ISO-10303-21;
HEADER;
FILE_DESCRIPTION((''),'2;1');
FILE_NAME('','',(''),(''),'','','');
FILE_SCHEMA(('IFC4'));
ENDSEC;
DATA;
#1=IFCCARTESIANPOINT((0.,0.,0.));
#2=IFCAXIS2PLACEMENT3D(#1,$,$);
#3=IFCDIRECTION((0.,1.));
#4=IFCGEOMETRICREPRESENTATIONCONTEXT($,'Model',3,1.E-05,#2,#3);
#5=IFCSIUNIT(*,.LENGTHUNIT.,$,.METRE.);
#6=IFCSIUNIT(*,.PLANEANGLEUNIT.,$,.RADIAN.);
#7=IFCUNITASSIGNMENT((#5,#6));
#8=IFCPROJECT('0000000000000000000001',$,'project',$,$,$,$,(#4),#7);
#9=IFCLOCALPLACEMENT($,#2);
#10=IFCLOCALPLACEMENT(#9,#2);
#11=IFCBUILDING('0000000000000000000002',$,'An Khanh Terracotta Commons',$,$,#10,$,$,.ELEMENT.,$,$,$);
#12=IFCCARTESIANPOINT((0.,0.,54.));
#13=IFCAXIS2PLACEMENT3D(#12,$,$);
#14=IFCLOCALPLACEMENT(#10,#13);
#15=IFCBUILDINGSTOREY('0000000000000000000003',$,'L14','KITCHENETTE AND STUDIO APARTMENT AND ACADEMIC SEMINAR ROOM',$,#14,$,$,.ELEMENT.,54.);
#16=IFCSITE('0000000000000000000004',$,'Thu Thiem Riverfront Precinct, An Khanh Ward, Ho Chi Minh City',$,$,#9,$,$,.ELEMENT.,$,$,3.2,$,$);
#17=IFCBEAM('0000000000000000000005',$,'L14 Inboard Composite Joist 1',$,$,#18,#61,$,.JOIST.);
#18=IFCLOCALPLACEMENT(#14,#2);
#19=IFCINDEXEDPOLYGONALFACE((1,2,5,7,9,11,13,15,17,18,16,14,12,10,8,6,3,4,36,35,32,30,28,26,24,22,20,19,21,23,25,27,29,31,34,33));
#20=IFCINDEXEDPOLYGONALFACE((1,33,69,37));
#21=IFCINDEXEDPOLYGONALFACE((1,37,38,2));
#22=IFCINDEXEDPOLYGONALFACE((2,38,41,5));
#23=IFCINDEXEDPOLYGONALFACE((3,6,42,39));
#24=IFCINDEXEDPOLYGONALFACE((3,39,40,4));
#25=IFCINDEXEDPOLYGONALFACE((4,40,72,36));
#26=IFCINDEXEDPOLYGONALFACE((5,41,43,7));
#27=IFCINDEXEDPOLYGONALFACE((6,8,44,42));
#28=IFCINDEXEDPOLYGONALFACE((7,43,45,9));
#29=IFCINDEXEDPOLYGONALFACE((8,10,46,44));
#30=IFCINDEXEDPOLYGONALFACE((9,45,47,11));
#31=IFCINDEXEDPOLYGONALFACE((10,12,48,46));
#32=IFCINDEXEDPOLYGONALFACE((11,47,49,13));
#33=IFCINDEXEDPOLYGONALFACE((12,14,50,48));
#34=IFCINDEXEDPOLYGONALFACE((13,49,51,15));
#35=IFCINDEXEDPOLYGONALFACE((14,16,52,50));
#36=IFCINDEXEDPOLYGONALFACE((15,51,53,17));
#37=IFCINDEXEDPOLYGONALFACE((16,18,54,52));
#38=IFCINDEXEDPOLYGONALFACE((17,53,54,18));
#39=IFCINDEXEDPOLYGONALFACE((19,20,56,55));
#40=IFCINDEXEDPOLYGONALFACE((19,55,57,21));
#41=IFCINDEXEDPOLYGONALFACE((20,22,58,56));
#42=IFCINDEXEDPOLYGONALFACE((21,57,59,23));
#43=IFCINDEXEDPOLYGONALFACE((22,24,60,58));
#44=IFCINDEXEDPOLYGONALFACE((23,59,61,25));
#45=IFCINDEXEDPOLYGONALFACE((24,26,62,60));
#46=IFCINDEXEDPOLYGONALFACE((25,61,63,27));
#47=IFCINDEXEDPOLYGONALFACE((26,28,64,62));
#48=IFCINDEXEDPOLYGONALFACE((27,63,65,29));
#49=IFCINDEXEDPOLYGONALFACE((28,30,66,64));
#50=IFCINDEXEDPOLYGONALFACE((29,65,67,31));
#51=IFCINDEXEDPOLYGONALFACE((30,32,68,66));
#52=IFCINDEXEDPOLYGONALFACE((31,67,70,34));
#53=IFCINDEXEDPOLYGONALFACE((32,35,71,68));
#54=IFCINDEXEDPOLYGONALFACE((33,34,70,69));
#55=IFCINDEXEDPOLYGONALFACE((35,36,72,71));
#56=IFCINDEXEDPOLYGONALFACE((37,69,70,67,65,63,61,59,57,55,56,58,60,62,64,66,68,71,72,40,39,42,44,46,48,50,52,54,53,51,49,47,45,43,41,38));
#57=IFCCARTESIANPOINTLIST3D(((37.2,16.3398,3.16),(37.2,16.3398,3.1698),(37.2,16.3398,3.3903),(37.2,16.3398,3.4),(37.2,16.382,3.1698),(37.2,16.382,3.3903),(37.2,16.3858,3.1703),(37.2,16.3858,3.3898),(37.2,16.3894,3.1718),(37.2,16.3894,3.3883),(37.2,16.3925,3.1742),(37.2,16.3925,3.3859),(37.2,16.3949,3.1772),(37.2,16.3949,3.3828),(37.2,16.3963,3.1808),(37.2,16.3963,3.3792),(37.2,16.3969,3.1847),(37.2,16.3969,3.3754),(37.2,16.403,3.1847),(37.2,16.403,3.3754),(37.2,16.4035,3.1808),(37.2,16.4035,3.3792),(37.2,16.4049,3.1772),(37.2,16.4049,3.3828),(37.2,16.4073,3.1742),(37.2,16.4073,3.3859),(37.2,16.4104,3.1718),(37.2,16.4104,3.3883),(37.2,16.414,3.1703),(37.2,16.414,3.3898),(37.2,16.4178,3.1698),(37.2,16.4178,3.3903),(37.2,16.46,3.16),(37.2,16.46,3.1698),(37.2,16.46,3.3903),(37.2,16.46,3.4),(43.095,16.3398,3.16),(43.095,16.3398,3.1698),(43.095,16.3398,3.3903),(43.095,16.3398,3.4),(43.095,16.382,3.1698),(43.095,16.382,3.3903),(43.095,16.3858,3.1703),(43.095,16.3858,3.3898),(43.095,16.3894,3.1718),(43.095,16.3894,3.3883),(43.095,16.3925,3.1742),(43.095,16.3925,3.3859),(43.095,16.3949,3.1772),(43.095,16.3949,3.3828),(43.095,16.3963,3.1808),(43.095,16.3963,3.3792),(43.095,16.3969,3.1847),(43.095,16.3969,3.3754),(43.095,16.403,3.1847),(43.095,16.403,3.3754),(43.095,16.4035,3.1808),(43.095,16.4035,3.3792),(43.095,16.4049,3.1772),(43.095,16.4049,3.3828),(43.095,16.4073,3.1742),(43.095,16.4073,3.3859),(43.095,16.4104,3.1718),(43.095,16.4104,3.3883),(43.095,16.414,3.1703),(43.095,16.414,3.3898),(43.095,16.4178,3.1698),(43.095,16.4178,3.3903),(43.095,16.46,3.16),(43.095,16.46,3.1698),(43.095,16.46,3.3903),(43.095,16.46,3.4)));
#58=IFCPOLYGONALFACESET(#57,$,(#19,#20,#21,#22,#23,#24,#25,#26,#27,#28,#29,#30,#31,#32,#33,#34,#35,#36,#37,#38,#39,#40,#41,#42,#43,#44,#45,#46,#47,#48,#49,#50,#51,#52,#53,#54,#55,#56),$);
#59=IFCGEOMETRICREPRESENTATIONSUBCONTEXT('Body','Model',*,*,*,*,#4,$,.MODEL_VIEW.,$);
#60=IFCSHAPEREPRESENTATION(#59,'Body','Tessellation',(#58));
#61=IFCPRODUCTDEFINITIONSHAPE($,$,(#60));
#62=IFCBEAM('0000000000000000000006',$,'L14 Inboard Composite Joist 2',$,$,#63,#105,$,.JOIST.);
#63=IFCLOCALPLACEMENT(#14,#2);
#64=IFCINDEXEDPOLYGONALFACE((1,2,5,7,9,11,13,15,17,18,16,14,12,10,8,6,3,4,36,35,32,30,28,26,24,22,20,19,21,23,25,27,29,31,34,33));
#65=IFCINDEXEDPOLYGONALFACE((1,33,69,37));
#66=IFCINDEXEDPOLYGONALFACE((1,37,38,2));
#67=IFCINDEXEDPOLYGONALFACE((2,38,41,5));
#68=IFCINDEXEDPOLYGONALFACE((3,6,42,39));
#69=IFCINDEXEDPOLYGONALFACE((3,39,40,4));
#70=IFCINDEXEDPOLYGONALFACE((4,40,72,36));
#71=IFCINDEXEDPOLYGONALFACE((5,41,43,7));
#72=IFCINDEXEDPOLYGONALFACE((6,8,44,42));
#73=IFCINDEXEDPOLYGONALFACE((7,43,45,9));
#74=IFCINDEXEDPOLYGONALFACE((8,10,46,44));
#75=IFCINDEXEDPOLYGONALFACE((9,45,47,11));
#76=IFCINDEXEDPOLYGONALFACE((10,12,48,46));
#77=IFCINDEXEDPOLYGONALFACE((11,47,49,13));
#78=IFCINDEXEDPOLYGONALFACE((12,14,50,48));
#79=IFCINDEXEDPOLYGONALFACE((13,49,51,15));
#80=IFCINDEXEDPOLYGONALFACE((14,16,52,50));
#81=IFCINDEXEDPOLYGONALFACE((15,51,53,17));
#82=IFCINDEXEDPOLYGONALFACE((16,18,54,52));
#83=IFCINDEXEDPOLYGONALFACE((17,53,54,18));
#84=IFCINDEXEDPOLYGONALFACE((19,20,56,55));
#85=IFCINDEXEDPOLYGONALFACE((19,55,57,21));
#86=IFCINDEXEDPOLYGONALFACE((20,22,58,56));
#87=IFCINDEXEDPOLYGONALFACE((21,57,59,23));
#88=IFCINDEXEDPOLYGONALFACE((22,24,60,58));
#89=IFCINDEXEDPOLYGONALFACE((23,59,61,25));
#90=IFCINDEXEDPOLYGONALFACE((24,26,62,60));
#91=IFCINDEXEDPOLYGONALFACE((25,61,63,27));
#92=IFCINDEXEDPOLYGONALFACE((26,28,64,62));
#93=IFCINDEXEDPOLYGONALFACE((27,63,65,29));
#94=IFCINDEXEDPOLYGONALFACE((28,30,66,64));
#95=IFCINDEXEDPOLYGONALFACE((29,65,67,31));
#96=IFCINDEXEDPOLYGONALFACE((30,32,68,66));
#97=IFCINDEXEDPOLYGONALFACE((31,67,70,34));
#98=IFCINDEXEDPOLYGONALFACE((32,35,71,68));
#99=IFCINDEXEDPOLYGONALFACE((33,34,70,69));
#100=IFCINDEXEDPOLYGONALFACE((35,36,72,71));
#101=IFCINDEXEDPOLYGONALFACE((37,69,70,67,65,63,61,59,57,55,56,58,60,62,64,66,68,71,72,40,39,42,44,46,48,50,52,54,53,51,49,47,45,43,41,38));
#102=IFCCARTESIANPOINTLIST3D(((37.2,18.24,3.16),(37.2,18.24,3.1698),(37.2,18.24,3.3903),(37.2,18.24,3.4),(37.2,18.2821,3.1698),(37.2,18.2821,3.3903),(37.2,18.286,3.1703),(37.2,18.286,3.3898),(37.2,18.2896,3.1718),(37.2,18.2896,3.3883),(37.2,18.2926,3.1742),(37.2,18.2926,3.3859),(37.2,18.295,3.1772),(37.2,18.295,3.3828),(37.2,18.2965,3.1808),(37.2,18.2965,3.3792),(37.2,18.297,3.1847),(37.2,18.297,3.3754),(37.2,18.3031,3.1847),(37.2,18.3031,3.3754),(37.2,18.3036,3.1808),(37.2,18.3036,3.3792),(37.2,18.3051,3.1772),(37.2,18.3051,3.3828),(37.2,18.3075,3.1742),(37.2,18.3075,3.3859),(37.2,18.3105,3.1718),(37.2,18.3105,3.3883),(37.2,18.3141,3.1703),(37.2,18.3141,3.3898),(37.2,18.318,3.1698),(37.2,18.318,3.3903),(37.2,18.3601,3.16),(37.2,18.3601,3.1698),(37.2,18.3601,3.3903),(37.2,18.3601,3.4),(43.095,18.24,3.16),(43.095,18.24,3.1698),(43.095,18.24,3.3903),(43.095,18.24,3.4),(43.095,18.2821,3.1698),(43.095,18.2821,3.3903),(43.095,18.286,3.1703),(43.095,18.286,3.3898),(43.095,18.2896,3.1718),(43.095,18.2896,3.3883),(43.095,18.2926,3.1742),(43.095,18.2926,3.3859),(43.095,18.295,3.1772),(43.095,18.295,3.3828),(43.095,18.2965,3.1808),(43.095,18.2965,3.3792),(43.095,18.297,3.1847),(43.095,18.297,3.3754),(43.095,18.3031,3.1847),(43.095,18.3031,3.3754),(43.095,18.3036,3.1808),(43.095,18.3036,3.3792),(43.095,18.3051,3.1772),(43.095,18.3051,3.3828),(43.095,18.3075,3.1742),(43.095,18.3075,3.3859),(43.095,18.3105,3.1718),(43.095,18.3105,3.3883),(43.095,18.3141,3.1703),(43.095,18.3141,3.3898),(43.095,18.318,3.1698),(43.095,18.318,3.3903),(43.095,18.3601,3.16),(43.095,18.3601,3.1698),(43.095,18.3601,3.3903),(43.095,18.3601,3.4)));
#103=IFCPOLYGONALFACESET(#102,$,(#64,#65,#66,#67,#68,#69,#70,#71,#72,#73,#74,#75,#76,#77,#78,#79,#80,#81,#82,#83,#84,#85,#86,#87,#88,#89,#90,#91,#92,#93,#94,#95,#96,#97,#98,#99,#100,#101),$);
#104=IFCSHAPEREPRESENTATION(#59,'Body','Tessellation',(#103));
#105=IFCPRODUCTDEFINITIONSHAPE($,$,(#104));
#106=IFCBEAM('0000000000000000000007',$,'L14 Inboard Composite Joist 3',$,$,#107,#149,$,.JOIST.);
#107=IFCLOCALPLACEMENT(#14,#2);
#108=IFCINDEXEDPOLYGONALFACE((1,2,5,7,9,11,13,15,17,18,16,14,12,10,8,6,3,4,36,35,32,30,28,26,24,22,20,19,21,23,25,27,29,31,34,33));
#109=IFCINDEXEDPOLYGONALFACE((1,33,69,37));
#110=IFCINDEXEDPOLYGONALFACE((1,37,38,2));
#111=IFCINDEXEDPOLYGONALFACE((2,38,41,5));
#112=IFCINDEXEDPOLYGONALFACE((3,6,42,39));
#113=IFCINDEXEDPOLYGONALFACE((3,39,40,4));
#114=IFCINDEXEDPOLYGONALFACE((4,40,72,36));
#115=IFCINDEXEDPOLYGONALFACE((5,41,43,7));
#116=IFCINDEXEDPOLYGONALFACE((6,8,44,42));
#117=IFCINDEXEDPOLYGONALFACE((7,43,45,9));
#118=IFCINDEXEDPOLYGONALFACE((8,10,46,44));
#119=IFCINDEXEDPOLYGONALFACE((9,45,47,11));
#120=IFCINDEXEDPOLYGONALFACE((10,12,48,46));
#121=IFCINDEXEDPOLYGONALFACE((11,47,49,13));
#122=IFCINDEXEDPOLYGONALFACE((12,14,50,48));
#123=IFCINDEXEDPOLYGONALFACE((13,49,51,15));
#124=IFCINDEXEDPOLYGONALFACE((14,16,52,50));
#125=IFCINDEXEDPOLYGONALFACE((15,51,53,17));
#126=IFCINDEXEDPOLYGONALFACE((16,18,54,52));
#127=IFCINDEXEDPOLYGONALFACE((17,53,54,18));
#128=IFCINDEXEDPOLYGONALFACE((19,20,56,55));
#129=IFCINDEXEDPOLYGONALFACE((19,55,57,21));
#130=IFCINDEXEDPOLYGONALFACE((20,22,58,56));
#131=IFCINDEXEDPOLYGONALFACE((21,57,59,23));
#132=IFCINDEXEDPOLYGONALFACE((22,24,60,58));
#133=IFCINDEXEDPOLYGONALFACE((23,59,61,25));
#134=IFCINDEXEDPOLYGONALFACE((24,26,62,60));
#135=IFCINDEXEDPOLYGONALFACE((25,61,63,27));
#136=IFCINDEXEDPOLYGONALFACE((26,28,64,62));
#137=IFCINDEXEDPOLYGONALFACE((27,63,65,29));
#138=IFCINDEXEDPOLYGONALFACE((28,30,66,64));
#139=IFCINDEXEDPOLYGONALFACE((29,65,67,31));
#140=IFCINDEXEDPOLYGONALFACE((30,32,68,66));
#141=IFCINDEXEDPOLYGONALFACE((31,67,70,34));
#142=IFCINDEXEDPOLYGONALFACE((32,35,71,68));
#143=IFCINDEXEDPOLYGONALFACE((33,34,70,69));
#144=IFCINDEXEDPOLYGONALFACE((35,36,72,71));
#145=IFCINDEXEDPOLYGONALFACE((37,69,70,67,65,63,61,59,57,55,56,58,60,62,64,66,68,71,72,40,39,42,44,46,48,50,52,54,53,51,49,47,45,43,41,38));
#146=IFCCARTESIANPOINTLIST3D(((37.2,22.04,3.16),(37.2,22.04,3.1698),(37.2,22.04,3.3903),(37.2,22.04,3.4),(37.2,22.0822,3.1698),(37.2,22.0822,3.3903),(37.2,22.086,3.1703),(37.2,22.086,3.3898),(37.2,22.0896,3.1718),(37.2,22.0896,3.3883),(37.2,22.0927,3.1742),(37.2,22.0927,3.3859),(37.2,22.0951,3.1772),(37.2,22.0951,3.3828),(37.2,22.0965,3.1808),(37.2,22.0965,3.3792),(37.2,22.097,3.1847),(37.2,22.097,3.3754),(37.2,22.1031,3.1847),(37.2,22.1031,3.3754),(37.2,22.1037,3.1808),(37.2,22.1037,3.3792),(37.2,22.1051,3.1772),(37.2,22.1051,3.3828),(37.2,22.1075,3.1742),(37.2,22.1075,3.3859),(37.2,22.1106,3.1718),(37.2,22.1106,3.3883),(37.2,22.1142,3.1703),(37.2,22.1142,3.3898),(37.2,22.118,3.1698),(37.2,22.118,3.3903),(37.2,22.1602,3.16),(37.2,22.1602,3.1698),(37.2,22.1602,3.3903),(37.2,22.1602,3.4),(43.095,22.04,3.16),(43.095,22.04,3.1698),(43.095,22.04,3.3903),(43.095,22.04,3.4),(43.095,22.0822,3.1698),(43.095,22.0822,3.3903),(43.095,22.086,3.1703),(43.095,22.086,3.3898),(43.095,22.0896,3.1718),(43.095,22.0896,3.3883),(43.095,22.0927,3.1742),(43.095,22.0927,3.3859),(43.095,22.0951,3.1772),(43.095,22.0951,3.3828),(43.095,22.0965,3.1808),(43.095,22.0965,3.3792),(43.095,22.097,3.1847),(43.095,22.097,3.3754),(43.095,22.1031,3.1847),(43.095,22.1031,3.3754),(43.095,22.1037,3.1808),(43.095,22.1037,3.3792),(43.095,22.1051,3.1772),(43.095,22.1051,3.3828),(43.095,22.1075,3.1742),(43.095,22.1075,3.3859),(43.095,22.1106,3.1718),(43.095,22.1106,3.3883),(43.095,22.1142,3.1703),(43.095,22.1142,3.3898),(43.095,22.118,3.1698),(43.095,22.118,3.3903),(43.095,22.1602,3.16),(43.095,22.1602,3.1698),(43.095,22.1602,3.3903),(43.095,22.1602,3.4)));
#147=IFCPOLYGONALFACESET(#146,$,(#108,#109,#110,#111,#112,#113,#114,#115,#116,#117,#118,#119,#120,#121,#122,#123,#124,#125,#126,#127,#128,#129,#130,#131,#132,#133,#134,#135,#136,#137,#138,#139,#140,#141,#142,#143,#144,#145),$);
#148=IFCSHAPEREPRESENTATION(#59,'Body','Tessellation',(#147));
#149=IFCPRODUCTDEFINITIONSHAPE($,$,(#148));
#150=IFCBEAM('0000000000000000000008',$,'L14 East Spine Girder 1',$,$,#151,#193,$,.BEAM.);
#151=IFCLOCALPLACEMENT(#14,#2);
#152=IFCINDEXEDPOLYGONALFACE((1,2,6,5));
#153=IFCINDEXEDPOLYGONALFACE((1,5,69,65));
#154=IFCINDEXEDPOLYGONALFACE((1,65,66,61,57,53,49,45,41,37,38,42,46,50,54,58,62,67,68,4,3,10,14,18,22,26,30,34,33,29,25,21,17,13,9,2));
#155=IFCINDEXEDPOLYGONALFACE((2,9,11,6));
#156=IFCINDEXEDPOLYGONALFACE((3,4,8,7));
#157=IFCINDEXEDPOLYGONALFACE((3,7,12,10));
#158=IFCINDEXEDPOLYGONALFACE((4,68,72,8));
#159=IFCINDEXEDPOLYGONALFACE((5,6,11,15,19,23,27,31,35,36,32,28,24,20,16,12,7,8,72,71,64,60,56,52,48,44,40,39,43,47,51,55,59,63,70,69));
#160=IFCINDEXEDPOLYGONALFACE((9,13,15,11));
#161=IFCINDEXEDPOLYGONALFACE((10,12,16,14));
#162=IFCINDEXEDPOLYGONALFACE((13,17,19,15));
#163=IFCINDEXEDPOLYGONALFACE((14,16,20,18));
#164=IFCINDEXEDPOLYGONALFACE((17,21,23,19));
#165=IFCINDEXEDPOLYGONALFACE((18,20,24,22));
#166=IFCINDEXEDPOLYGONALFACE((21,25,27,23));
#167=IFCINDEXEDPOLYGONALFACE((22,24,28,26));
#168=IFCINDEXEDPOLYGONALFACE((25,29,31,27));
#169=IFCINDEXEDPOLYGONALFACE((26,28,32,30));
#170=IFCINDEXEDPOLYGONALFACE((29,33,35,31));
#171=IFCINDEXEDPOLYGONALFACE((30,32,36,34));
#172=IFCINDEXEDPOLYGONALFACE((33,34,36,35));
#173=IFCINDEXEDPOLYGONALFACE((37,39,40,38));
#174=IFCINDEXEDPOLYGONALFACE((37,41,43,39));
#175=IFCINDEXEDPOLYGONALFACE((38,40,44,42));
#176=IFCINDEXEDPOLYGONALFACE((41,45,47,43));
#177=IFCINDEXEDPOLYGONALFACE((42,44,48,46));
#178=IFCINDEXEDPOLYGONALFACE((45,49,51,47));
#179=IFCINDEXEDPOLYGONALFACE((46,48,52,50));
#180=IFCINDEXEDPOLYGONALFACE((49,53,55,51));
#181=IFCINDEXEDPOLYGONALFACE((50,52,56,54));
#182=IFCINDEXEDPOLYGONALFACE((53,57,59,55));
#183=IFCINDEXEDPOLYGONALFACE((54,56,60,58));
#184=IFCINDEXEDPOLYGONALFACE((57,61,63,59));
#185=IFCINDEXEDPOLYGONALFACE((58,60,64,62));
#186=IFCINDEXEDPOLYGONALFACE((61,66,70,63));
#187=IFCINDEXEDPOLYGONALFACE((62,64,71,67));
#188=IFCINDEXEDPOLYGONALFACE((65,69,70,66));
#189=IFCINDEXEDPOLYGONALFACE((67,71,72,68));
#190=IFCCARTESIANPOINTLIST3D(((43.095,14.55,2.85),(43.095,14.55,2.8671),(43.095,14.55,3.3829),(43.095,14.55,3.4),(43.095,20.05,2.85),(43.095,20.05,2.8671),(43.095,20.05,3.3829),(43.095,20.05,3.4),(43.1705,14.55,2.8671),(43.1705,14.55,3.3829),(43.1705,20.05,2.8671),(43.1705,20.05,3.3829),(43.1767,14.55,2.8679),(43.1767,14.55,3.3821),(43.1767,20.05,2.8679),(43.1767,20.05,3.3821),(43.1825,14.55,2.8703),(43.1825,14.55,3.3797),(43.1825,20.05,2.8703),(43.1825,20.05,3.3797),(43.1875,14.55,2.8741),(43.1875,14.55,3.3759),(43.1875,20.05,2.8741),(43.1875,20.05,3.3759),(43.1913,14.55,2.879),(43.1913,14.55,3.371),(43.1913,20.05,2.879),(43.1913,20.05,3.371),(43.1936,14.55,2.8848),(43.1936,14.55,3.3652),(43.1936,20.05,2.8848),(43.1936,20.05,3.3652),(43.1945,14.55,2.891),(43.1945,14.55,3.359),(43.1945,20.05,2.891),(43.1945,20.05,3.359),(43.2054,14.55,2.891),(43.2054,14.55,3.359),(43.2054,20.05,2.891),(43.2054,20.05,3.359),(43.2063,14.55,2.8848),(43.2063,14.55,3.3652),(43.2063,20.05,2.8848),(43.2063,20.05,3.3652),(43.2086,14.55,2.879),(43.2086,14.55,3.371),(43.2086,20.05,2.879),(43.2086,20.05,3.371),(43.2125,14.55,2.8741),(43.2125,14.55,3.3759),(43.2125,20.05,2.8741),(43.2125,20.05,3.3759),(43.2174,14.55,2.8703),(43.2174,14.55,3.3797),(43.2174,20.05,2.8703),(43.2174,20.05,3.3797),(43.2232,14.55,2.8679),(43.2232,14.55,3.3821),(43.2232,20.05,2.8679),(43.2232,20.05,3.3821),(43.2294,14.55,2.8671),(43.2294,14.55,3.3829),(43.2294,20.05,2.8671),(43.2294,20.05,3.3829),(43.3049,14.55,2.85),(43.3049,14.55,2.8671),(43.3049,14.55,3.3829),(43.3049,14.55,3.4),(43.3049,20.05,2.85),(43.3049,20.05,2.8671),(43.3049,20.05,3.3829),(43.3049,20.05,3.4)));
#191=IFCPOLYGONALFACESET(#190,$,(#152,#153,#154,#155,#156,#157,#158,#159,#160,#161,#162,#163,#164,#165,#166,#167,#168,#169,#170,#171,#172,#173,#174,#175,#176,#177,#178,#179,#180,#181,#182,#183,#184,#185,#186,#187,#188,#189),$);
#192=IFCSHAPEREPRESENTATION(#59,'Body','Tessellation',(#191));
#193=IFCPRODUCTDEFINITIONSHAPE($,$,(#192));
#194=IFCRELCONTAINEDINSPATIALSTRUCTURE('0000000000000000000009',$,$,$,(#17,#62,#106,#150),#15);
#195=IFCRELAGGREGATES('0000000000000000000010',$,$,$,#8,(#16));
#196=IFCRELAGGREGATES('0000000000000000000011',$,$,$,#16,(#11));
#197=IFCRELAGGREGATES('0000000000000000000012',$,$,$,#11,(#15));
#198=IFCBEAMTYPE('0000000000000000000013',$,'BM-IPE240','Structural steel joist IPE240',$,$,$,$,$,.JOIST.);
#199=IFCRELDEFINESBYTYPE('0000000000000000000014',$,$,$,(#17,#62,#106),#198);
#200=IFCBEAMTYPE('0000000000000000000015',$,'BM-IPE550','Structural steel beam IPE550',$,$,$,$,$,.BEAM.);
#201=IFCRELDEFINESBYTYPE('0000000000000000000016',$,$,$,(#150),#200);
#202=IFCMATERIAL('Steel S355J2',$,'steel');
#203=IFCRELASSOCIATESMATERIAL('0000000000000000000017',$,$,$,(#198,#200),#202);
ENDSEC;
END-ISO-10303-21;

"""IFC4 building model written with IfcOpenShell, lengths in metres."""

from ifc_helpers import new_model, si_unit, direction, frame, origin, origin_2d, place, context, subcontext, project, spatial, i_section, extrude, material, material_profile, profile_set, type_object, element, save


model = new_model("IFC4")

# Units and contexts
model_context = context("Model", 3, precision=1e-05, world=origin(), true_north=direction((0.0, 1.0)))
body_context = subcontext(model_context, "Body", "Model", "MODEL_VIEW")
ifc_project = project(units=[si_unit("LENGTHUNIT", "METRE"), si_unit("PLANEANGLEUNIT", "RADIAN")], contexts=[model_context])

# Site, building, storey
site_placement = place(None, origin())
site = spatial("IfcSite", under=ifc_project, at=site_placement, Name="Thu Thiem Riverfront Precinct, An Khanh Ward, Ho Chi Minh City", CompositionType="ELEMENT", RefElevation=3.2)
building_placement = place(site_placement, origin())
building = spatial("IfcBuilding", under=site, at=building_placement, Name="An Khanh Terracotta Commons", CompositionType="ELEMENT")
storey_placement = place(building_placement, frame((0.0, 0.0, 54.0)))
storey = spatial("IfcBuildingStorey", under=building, at=storey_placement, Name="L14", Description="KITCHENETTE AND STUDIO APARTMENT AND ACADEMIC SEMINAR ROOM", CompositionType="ELEMENT", Elevation=54.0)

# Beams
ifc_material_1 = material(Name="Steel S355J2", Category="steel")
ifc_material_profile_1 = material_profile(ifc_material_1, i_section(OverallWidth=0.1201, OverallDepth=0.24, WebThickness=0.0061, FlangeThickness=0.0098, FilletRadius=0.0149, at=origin_2d()), Name="IPE240")
ifc_profile_set_1 = profile_set([ifc_material_profile_1], Name="Steel S355J2")
beam_type_1 = type_object("IfcBeamType", Name="BM-IPE240", Description="Structural steel joist IPE240", PredefinedType="JOIST", material=ifc_profile_set_1)
for number, where, z_axis, x_axis, name in (
    (1, (37.2, 16.3999, 3.28), (1.0, 0.0, 0.0), (0.0, 1.0, 0.0), "L14 Inboard Composite Joist 1"),
    (2, (37.2, 18.3, 3.28), (1.0, 0.0, 0.0), (0.0, 1.0, 0.0), "L14 Inboard Composite Joist 2"),
    (3, (37.2, 22.1001, 3.28), (1.0, 0.0, 0.0), (0.0, 1.0, 0.0), "L14 Inboard Composite Joist 3"),
):
    element("IfcBeam", number, at=place(storey_placement, frame(where, z_axis=z_axis, x_axis=x_axis)), inside=storey, type_object=beam_type_1, Name=name, PredefinedType="JOIST", context=body_context, shape_type="SweptSolid", body=[
        extrude(i_section(OverallWidth=0.1201, OverallDepth=0.24, WebThickness=0.0061, FlangeThickness=0.0098, FilletRadius=0.0149, at=origin_2d()), origin(), (0.0, 0.0, 1.0), 5.895),
    ])
ifc_material_profile_2 = material_profile(ifc_material_1, i_section(OverallWidth=0.21, OverallDepth=0.55, WebThickness=0.011, FlangeThickness=0.0171, FilletRadius=0.0239, at=origin_2d()), Name="IPE550")
ifc_profile_set_2 = profile_set([ifc_material_profile_2], Name="Steel S355J2")
beam_type_2 = type_object("IfcBeamType", Name="BM-IPE550", Description="Structural steel beam IPE550", PredefinedType="BEAM", material=ifc_profile_set_2)
beam_1_placement = place(storey_placement, frame((43.2, 14.55, 3.125), z_axis=(0.0, 1.0, 0.0), x_axis=(-1.0, 0.0, 0.0)))
element("IfcBeam", 4, at=beam_1_placement, inside=storey, type_object=beam_type_2, Name="L14 East Spine Girder 1", PredefinedType="BEAM", context=body_context, shape_type="SweptSolid", body=[
    extrude(i_section(OverallWidth=0.21, OverallDepth=0.55, WebThickness=0.011, FlangeThickness=0.0171, FilletRadius=0.0239, at=origin_2d()), origin(), (0.0, 0.0, 1.0), 5.5),
])

save(model, "model.ifc")
